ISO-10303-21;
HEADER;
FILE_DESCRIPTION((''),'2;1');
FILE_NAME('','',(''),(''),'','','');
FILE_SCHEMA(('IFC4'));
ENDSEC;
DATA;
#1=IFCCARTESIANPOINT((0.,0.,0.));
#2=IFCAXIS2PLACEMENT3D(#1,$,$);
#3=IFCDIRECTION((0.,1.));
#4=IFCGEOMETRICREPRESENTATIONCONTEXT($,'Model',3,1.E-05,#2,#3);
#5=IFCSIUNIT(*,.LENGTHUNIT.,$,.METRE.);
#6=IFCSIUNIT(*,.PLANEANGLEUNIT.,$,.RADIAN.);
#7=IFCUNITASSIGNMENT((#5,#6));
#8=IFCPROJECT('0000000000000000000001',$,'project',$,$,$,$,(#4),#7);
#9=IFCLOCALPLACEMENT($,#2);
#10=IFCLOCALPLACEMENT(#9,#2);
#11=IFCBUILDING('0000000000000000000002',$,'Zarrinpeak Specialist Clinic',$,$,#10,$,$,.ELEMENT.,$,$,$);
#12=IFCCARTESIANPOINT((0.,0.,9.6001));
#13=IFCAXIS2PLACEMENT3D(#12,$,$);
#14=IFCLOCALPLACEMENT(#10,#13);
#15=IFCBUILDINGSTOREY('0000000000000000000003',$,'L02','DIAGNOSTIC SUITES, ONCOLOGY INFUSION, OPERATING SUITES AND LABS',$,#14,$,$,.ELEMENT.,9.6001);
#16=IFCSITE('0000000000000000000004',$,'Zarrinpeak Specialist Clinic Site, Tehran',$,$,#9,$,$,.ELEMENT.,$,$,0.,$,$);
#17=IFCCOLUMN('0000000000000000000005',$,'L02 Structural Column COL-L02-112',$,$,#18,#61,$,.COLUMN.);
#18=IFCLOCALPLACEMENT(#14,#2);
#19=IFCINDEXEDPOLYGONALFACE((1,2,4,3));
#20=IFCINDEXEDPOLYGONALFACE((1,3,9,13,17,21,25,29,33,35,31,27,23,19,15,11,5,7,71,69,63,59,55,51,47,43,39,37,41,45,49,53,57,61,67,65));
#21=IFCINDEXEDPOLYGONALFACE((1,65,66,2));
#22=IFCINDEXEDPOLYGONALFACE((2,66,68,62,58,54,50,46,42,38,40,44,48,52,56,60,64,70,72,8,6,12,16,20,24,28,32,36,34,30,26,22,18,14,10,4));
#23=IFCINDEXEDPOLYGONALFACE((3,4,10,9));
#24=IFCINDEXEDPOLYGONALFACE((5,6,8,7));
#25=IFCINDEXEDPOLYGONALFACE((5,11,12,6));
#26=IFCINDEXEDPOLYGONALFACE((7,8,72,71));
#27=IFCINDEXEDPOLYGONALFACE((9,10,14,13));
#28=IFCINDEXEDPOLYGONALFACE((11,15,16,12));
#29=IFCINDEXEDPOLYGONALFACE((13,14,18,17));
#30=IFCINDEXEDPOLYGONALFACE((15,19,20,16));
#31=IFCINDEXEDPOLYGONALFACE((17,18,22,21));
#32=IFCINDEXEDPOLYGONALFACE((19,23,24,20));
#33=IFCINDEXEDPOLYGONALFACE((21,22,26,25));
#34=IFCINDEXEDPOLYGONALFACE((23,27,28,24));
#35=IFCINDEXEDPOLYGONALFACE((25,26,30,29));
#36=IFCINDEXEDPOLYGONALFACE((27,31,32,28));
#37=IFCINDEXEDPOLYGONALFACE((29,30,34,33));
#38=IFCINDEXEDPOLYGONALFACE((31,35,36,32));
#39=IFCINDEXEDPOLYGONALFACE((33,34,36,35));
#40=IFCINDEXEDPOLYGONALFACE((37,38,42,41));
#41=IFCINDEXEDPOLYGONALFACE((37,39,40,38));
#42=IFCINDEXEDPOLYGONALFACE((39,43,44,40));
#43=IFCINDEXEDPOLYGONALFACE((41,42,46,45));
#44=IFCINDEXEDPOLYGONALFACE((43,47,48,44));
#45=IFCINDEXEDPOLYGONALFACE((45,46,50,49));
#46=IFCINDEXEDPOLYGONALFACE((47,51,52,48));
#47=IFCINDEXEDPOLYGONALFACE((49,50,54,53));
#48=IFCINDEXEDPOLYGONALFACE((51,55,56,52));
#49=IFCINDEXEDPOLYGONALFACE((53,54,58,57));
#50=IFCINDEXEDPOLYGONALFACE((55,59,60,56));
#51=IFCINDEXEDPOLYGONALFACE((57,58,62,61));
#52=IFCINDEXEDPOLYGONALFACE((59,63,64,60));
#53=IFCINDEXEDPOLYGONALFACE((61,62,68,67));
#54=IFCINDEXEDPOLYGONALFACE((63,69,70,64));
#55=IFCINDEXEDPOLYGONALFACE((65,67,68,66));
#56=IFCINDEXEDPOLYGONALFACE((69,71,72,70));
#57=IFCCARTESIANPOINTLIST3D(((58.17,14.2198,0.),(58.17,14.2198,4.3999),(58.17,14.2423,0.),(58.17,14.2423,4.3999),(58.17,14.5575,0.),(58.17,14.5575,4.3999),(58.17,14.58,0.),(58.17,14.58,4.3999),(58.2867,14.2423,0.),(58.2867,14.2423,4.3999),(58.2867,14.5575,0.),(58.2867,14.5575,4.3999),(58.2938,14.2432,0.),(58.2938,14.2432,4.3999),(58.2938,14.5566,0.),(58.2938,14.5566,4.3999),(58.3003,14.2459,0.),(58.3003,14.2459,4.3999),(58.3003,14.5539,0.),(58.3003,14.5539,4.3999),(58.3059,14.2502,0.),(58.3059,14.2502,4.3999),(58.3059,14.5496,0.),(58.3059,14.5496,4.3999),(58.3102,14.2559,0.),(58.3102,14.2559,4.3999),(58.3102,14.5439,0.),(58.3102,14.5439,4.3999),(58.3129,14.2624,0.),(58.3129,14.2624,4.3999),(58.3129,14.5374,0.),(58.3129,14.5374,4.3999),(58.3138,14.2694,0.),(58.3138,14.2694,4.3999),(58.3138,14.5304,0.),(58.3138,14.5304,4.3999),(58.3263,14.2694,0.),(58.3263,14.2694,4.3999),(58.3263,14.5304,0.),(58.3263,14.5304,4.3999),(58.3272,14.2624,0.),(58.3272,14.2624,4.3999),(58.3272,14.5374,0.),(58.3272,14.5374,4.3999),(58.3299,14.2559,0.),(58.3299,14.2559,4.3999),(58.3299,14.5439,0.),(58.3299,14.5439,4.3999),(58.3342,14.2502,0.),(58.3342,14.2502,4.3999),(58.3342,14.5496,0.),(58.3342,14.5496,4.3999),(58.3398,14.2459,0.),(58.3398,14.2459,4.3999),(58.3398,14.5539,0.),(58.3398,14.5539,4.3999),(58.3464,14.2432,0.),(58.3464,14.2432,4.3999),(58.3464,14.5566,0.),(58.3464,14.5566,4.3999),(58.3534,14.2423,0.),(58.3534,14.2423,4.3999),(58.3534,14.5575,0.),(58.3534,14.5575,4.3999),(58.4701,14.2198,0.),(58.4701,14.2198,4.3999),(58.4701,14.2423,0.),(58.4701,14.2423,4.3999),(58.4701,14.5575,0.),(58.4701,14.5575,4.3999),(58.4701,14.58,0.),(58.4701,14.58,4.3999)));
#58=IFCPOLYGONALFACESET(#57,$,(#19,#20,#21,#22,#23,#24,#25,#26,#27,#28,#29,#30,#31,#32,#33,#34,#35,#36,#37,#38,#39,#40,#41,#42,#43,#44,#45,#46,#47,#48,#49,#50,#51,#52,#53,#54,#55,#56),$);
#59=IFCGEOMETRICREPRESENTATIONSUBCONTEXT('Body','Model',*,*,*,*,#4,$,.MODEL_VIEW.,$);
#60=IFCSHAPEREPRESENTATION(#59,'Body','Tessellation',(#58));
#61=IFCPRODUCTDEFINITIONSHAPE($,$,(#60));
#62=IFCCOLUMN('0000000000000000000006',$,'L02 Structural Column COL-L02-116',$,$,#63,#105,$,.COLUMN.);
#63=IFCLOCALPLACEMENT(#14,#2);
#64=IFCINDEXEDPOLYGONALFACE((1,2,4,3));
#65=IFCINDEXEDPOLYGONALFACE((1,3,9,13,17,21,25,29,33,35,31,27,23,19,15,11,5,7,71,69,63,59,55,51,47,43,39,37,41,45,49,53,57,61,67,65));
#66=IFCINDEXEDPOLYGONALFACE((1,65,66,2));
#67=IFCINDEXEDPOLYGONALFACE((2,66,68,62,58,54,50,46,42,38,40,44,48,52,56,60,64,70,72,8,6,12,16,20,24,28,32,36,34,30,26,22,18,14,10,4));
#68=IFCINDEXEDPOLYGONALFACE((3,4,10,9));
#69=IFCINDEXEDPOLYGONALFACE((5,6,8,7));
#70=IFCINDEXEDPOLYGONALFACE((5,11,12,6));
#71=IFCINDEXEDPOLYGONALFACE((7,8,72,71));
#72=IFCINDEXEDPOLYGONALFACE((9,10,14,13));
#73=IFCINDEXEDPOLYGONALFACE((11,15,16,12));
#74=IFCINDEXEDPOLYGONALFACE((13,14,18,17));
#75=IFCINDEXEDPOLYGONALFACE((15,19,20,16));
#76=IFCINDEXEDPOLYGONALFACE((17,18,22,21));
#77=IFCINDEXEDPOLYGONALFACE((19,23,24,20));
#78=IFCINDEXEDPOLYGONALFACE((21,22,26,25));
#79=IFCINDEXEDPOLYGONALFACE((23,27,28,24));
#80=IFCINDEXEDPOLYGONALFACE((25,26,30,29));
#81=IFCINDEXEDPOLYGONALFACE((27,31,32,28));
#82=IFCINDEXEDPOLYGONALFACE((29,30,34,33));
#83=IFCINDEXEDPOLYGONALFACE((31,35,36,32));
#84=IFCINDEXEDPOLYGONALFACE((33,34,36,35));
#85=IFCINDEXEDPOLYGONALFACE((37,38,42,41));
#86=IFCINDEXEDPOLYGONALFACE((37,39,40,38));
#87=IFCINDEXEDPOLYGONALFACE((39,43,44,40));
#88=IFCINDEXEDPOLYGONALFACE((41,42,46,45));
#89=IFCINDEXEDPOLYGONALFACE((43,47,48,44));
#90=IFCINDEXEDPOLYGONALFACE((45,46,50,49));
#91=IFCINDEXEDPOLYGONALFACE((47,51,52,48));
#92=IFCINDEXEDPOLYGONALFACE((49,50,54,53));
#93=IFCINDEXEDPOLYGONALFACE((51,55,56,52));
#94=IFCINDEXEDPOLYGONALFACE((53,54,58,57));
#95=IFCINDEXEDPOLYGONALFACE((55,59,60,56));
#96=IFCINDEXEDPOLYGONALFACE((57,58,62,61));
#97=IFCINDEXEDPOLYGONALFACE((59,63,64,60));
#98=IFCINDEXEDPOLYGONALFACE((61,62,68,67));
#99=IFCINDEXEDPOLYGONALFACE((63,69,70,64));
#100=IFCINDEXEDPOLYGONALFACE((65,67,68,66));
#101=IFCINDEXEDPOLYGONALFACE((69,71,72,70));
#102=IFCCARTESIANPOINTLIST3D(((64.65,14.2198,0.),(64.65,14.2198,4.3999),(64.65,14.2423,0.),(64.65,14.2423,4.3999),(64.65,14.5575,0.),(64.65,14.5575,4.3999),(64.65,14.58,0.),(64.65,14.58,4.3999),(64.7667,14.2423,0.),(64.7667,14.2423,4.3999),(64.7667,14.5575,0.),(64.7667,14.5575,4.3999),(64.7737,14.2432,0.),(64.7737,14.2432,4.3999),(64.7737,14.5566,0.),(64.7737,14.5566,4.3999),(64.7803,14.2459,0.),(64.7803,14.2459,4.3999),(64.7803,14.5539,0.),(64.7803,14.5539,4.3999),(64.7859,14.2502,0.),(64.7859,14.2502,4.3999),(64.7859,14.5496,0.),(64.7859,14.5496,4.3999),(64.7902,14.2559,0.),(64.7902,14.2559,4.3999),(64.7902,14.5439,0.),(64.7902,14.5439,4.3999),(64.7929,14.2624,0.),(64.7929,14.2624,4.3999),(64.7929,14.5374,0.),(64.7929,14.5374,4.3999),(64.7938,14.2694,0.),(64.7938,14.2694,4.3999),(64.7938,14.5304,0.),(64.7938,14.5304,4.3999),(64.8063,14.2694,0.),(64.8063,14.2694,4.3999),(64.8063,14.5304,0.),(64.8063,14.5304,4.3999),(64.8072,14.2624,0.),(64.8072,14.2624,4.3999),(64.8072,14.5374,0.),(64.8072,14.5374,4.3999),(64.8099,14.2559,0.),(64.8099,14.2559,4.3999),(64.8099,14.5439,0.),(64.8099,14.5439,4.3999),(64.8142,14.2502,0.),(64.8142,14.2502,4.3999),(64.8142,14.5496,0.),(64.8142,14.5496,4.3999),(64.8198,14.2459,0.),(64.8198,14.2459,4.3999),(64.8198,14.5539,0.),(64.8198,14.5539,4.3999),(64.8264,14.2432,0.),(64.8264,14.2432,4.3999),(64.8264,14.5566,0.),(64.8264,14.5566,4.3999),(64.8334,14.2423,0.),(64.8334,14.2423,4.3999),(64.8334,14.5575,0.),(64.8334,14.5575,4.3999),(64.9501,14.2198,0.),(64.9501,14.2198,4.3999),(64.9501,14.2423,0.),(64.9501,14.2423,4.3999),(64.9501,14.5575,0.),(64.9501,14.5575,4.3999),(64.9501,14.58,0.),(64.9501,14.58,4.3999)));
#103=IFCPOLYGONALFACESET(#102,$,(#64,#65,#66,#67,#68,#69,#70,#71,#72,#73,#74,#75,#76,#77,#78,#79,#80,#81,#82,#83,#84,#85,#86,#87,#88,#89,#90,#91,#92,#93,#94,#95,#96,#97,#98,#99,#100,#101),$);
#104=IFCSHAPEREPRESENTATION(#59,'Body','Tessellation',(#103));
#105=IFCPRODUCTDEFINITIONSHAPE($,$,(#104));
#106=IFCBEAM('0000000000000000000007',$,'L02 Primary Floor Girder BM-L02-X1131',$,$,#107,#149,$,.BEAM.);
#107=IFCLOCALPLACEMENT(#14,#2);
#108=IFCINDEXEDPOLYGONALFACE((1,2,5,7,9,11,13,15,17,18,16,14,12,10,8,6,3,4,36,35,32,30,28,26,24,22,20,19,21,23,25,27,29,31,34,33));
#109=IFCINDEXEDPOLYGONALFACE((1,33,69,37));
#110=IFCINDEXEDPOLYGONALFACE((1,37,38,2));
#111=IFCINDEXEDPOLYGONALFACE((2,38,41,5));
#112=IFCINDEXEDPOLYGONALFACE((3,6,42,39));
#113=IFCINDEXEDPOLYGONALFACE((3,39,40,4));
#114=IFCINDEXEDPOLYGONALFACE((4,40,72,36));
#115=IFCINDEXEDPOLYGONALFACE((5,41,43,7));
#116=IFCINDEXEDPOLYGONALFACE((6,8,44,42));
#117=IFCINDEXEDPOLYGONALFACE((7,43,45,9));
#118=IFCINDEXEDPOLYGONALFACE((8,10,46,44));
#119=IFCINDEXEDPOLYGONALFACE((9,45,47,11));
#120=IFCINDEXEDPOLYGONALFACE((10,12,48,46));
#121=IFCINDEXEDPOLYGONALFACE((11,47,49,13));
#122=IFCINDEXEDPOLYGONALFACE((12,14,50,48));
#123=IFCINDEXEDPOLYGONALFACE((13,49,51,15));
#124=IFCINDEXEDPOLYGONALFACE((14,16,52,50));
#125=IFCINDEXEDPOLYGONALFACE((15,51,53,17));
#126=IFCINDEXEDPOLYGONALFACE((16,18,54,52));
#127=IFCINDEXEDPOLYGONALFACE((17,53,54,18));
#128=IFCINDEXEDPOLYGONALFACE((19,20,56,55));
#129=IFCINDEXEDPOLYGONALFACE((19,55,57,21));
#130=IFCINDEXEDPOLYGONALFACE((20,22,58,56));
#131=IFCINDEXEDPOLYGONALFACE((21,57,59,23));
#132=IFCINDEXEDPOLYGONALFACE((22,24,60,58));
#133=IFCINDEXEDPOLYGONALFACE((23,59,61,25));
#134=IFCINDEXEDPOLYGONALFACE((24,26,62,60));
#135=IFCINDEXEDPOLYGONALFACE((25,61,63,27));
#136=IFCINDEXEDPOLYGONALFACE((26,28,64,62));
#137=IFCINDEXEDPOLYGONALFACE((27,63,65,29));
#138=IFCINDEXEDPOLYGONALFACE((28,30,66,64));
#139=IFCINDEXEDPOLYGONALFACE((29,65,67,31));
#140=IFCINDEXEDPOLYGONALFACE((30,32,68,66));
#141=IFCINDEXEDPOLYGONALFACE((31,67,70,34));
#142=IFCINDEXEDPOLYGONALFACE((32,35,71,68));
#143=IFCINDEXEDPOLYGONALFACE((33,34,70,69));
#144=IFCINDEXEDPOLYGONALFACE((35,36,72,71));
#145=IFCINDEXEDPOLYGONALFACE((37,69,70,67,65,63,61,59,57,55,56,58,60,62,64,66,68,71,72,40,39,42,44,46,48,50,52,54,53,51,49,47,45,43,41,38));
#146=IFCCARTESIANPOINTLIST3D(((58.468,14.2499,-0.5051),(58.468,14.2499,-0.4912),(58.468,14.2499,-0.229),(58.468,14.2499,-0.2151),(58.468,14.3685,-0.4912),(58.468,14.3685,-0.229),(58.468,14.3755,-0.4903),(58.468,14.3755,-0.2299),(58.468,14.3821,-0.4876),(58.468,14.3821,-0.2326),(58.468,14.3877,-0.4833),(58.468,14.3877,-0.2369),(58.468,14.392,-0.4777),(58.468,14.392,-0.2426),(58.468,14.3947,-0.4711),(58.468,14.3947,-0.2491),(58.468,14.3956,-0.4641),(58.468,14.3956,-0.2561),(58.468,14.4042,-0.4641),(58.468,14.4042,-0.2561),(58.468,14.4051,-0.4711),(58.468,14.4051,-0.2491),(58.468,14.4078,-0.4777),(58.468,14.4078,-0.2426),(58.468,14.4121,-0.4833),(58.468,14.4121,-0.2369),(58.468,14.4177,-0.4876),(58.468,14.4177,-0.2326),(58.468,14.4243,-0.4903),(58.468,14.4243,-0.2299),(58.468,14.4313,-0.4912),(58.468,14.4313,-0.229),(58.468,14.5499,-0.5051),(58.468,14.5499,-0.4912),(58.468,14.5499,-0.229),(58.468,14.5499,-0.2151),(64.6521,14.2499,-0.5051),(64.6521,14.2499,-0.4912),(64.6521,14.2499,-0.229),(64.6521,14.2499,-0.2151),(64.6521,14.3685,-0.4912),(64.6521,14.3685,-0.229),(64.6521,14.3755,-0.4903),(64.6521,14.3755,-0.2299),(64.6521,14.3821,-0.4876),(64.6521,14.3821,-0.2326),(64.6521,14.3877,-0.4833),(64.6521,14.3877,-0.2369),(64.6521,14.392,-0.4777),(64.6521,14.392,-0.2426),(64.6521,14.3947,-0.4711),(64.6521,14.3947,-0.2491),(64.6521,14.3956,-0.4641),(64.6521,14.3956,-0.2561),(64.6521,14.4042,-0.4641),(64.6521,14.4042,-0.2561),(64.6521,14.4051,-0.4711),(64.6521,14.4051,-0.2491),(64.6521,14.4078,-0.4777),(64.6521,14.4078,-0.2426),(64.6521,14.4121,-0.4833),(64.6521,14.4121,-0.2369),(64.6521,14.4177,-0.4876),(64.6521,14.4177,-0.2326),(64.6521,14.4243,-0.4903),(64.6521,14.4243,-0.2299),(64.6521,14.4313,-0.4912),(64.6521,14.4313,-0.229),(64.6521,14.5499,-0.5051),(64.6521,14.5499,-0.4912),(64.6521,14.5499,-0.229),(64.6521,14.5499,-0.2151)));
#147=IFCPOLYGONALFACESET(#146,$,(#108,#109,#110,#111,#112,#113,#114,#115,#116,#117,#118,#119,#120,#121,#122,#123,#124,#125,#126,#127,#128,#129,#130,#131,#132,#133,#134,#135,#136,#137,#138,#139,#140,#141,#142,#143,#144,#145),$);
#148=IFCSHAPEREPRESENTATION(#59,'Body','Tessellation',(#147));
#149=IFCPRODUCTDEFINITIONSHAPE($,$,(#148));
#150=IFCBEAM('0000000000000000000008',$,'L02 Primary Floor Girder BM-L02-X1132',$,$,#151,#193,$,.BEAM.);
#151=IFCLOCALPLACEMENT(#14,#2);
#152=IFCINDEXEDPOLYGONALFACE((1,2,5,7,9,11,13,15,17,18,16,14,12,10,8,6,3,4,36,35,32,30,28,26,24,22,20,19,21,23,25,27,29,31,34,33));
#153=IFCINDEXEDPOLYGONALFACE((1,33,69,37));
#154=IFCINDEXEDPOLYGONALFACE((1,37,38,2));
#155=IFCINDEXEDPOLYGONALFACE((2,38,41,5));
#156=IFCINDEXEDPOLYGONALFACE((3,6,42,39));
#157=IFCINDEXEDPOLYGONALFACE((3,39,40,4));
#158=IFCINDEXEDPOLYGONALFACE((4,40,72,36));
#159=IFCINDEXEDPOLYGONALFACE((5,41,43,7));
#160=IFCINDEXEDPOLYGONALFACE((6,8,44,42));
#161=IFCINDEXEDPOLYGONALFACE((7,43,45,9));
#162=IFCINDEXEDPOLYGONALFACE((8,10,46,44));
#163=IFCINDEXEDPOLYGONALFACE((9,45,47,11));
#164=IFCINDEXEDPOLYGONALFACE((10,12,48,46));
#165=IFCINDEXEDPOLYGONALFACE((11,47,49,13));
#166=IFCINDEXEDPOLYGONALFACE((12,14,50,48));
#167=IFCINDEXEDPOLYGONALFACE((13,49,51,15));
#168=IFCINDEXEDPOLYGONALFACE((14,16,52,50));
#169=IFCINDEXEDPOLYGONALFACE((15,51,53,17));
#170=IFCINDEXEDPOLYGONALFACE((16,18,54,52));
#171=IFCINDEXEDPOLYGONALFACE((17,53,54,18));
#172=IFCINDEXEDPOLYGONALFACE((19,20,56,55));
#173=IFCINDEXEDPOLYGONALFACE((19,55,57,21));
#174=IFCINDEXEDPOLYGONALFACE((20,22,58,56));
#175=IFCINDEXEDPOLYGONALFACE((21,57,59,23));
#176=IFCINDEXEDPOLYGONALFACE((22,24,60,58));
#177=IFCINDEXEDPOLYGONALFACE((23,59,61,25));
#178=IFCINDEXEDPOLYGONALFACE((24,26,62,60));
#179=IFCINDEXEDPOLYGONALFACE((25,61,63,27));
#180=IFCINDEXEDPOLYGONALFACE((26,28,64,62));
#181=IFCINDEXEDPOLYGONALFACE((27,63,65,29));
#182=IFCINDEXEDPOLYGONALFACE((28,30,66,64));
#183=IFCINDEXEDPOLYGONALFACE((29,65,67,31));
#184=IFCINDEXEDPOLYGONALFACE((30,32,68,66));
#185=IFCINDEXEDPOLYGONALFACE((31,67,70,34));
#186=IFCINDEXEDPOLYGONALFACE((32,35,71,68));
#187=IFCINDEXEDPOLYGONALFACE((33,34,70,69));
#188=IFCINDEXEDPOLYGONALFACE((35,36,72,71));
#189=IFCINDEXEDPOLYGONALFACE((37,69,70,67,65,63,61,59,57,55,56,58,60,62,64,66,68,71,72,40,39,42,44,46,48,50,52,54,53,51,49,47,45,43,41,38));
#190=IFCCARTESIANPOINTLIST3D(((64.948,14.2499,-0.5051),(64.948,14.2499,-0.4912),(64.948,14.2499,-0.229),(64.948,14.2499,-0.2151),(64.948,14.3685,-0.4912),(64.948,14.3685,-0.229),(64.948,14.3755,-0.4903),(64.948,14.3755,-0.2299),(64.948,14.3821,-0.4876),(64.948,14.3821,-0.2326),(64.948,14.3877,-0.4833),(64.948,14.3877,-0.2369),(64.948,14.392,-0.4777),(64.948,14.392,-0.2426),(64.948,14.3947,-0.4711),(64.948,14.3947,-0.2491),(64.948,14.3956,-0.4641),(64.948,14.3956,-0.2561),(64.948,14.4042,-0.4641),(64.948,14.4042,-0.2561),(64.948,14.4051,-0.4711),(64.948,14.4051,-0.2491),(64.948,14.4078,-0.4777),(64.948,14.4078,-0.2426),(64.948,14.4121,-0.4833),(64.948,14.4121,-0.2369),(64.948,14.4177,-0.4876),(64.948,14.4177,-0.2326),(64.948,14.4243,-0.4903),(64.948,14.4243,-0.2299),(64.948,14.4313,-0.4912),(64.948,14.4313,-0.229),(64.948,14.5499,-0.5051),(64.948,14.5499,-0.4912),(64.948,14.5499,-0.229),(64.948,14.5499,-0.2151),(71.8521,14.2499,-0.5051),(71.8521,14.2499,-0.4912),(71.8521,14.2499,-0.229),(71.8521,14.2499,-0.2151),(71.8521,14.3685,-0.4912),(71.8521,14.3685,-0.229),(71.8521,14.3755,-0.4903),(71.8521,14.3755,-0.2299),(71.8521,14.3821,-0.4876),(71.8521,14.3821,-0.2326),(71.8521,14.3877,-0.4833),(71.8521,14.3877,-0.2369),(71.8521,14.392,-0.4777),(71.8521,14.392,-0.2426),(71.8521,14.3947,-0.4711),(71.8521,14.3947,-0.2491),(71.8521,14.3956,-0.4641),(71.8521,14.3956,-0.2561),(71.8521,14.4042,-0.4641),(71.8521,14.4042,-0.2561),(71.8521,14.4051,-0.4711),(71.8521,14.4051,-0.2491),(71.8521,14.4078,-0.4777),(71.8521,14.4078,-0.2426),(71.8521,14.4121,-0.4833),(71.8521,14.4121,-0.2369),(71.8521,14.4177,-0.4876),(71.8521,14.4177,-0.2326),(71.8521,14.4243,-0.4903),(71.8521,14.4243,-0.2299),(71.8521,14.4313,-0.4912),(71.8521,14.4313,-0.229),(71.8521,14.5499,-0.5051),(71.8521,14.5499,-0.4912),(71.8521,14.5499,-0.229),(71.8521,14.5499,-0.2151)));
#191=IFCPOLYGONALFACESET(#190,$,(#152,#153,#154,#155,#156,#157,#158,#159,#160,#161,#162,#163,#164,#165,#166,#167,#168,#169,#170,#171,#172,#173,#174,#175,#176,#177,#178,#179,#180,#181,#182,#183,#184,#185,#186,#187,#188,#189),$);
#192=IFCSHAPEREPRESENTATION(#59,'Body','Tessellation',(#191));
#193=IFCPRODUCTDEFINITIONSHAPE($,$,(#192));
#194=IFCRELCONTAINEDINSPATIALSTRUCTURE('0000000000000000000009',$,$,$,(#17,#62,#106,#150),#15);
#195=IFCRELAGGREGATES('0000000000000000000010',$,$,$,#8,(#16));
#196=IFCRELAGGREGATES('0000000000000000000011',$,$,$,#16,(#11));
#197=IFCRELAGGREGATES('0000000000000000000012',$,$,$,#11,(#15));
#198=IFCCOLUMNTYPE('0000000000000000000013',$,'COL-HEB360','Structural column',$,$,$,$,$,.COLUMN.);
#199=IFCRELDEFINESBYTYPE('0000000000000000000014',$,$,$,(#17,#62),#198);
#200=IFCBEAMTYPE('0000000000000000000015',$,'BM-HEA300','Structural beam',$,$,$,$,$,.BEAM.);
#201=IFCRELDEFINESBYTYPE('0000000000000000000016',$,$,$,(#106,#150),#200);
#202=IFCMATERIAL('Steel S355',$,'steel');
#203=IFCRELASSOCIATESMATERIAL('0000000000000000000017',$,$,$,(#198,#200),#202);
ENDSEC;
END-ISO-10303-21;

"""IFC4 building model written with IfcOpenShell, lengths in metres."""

from ifc_helpers import new_model, si_unit, direction, frame, origin, origin_2d, place, context, subcontext, project, spatial, i_section, extrude, material, material_profile, profile_set, type_object, element, save


model = new_model("IFC4")

# Units and contexts
model_context = context("Model", 3, precision=1e-05, world=origin(), true_north=direction((0.0, 1.0)))
body_context = subcontext(model_context, "Body", "Model", "MODEL_VIEW")
ifc_project = project(units=[si_unit("LENGTHUNIT", "METRE"), si_unit("PLANEANGLEUNIT", "RADIAN")], contexts=[model_context])

# Site, building, storey
site_placement = place(None, origin())
site = spatial("IfcSite", under=ifc_project, at=site_placement, Name="Zarrinpeak Specialist Clinic Site, Tehran", CompositionType="ELEMENT", RefElevation=0.0)
building_placement = place(site_placement, origin())
building = spatial("IfcBuilding", under=site, at=building_placement, Name="Zarrinpeak Specialist Clinic", CompositionType="ELEMENT")
storey_placement = place(building_placement, frame((0.0, 0.0, 9.6001)))
storey = spatial("IfcBuildingStorey", under=building, at=storey_placement, Name="L02", Description="DIAGNOSTIC SUITES, ONCOLOGY INFUSION, OPERATING SUITES AND LABS", CompositionType="ELEMENT", Elevation=9.6001)

# Columns
ifc_material_1 = material(Name="Steel S355", Category="steel")
ifc_material_profile_1 = material_profile(ifc_material_1, i_section(OverallWidth=0.3, OverallDepth=0.3601, WebThickness=0.0125, FlangeThickness=0.0225, FilletRadius=0.0271, at=origin_2d()), Name="HEB 360")
ifc_profile_set_1 = profile_set([ifc_material_profile_1], Name="Steel S355")
column_type = type_object("IfcColumnType", Name="COL-HEB360", Description="Structural column", PredefinedType="COLUMN", material=ifc_profile_set_1)
for number, where, z_axis, x_axis, name in (
    (1, (58.3201, 14.3999, 0.0), (0.0, 0.0, 1.0), (1.0, 0.0, 0.0), "L02 Structural Column COL-L02-112"),
    (2, (64.8, 14.3999, 0.0), (0.0, 0.0, 1.0), (1.0, 0.0, 0.0), "L02 Structural Column COL-L02-116"),
):
    element("IfcColumn", number, at=place(storey_placement, frame(where, z_axis=z_axis, x_axis=x_axis)), inside=storey, type_object=column_type, Name=name, PredefinedType="COLUMN", context=body_context, shape_type="SweptSolid", body=[
        extrude(i_section(OverallWidth=0.3, OverallDepth=0.3601, WebThickness=0.0125, FlangeThickness=0.0225, FilletRadius=0.0271, at=origin_2d()), origin(), (0.0, 0.0, 1.0), 4.3999),
    ])

# Beams
ifc_material_profile_2 = material_profile(ifc_material_1, i_section(OverallWidth=0.3, OverallDepth=0.29, WebThickness=0.0085, FlangeThickness=0.0139, FilletRadius=0.0271, at=origin_2d()), Name="HEA 300")
ifc_profile_set_2 = profile_set([ifc_material_profile_2], Name="Steel S355")
beam_type_1 = type_object("IfcBeamType", Name="BM-HEA300", Description="Structural beam", PredefinedType="BEAM", material=ifc_profile_set_2)
beam_1_placement = place(storey_placement, frame((58.468, 14.3999, -0.3601), z_axis=(1.0, 0.0, 0.0), x_axis=(0.0, 1.0, 0.0)))
element("IfcBeam", 3, at=beam_1_placement, inside=storey, type_object=beam_type_1, Name="L02 Primary Floor Girder BM-L02-X1131", PredefinedType="BEAM", context=body_context, shape_type="SweptSolid", body=[
    extrude(i_section(OverallWidth=0.3, OverallDepth=0.29, WebThickness=0.0085, FlangeThickness=0.0139, FilletRadius=0.0271, at=origin_2d()), origin(), (0.0, 0.0, 1.0), 6.1841),
])
beam_2_placement = place(storey_placement, frame((64.948, 14.3999, -0.3601), z_axis=(1.0, 0.0, 0.0), x_axis=(0.0, 1.0, 0.0)))
element("IfcBeam", 4, at=beam_2_placement, inside=storey, type_object=beam_type_1, Name="L02 Primary Floor Girder BM-L02-X1132", PredefinedType="BEAM", context=body_context, shape_type="SweptSolid", body=[
    extrude(i_section(OverallWidth=0.3, OverallDepth=0.29, WebThickness=0.0085, FlangeThickness=0.0139, FilletRadius=0.0271, at=origin_2d()), origin(), (0.0, 0.0, 1.0), 6.9041),
])

save(model, "model.ifc")
